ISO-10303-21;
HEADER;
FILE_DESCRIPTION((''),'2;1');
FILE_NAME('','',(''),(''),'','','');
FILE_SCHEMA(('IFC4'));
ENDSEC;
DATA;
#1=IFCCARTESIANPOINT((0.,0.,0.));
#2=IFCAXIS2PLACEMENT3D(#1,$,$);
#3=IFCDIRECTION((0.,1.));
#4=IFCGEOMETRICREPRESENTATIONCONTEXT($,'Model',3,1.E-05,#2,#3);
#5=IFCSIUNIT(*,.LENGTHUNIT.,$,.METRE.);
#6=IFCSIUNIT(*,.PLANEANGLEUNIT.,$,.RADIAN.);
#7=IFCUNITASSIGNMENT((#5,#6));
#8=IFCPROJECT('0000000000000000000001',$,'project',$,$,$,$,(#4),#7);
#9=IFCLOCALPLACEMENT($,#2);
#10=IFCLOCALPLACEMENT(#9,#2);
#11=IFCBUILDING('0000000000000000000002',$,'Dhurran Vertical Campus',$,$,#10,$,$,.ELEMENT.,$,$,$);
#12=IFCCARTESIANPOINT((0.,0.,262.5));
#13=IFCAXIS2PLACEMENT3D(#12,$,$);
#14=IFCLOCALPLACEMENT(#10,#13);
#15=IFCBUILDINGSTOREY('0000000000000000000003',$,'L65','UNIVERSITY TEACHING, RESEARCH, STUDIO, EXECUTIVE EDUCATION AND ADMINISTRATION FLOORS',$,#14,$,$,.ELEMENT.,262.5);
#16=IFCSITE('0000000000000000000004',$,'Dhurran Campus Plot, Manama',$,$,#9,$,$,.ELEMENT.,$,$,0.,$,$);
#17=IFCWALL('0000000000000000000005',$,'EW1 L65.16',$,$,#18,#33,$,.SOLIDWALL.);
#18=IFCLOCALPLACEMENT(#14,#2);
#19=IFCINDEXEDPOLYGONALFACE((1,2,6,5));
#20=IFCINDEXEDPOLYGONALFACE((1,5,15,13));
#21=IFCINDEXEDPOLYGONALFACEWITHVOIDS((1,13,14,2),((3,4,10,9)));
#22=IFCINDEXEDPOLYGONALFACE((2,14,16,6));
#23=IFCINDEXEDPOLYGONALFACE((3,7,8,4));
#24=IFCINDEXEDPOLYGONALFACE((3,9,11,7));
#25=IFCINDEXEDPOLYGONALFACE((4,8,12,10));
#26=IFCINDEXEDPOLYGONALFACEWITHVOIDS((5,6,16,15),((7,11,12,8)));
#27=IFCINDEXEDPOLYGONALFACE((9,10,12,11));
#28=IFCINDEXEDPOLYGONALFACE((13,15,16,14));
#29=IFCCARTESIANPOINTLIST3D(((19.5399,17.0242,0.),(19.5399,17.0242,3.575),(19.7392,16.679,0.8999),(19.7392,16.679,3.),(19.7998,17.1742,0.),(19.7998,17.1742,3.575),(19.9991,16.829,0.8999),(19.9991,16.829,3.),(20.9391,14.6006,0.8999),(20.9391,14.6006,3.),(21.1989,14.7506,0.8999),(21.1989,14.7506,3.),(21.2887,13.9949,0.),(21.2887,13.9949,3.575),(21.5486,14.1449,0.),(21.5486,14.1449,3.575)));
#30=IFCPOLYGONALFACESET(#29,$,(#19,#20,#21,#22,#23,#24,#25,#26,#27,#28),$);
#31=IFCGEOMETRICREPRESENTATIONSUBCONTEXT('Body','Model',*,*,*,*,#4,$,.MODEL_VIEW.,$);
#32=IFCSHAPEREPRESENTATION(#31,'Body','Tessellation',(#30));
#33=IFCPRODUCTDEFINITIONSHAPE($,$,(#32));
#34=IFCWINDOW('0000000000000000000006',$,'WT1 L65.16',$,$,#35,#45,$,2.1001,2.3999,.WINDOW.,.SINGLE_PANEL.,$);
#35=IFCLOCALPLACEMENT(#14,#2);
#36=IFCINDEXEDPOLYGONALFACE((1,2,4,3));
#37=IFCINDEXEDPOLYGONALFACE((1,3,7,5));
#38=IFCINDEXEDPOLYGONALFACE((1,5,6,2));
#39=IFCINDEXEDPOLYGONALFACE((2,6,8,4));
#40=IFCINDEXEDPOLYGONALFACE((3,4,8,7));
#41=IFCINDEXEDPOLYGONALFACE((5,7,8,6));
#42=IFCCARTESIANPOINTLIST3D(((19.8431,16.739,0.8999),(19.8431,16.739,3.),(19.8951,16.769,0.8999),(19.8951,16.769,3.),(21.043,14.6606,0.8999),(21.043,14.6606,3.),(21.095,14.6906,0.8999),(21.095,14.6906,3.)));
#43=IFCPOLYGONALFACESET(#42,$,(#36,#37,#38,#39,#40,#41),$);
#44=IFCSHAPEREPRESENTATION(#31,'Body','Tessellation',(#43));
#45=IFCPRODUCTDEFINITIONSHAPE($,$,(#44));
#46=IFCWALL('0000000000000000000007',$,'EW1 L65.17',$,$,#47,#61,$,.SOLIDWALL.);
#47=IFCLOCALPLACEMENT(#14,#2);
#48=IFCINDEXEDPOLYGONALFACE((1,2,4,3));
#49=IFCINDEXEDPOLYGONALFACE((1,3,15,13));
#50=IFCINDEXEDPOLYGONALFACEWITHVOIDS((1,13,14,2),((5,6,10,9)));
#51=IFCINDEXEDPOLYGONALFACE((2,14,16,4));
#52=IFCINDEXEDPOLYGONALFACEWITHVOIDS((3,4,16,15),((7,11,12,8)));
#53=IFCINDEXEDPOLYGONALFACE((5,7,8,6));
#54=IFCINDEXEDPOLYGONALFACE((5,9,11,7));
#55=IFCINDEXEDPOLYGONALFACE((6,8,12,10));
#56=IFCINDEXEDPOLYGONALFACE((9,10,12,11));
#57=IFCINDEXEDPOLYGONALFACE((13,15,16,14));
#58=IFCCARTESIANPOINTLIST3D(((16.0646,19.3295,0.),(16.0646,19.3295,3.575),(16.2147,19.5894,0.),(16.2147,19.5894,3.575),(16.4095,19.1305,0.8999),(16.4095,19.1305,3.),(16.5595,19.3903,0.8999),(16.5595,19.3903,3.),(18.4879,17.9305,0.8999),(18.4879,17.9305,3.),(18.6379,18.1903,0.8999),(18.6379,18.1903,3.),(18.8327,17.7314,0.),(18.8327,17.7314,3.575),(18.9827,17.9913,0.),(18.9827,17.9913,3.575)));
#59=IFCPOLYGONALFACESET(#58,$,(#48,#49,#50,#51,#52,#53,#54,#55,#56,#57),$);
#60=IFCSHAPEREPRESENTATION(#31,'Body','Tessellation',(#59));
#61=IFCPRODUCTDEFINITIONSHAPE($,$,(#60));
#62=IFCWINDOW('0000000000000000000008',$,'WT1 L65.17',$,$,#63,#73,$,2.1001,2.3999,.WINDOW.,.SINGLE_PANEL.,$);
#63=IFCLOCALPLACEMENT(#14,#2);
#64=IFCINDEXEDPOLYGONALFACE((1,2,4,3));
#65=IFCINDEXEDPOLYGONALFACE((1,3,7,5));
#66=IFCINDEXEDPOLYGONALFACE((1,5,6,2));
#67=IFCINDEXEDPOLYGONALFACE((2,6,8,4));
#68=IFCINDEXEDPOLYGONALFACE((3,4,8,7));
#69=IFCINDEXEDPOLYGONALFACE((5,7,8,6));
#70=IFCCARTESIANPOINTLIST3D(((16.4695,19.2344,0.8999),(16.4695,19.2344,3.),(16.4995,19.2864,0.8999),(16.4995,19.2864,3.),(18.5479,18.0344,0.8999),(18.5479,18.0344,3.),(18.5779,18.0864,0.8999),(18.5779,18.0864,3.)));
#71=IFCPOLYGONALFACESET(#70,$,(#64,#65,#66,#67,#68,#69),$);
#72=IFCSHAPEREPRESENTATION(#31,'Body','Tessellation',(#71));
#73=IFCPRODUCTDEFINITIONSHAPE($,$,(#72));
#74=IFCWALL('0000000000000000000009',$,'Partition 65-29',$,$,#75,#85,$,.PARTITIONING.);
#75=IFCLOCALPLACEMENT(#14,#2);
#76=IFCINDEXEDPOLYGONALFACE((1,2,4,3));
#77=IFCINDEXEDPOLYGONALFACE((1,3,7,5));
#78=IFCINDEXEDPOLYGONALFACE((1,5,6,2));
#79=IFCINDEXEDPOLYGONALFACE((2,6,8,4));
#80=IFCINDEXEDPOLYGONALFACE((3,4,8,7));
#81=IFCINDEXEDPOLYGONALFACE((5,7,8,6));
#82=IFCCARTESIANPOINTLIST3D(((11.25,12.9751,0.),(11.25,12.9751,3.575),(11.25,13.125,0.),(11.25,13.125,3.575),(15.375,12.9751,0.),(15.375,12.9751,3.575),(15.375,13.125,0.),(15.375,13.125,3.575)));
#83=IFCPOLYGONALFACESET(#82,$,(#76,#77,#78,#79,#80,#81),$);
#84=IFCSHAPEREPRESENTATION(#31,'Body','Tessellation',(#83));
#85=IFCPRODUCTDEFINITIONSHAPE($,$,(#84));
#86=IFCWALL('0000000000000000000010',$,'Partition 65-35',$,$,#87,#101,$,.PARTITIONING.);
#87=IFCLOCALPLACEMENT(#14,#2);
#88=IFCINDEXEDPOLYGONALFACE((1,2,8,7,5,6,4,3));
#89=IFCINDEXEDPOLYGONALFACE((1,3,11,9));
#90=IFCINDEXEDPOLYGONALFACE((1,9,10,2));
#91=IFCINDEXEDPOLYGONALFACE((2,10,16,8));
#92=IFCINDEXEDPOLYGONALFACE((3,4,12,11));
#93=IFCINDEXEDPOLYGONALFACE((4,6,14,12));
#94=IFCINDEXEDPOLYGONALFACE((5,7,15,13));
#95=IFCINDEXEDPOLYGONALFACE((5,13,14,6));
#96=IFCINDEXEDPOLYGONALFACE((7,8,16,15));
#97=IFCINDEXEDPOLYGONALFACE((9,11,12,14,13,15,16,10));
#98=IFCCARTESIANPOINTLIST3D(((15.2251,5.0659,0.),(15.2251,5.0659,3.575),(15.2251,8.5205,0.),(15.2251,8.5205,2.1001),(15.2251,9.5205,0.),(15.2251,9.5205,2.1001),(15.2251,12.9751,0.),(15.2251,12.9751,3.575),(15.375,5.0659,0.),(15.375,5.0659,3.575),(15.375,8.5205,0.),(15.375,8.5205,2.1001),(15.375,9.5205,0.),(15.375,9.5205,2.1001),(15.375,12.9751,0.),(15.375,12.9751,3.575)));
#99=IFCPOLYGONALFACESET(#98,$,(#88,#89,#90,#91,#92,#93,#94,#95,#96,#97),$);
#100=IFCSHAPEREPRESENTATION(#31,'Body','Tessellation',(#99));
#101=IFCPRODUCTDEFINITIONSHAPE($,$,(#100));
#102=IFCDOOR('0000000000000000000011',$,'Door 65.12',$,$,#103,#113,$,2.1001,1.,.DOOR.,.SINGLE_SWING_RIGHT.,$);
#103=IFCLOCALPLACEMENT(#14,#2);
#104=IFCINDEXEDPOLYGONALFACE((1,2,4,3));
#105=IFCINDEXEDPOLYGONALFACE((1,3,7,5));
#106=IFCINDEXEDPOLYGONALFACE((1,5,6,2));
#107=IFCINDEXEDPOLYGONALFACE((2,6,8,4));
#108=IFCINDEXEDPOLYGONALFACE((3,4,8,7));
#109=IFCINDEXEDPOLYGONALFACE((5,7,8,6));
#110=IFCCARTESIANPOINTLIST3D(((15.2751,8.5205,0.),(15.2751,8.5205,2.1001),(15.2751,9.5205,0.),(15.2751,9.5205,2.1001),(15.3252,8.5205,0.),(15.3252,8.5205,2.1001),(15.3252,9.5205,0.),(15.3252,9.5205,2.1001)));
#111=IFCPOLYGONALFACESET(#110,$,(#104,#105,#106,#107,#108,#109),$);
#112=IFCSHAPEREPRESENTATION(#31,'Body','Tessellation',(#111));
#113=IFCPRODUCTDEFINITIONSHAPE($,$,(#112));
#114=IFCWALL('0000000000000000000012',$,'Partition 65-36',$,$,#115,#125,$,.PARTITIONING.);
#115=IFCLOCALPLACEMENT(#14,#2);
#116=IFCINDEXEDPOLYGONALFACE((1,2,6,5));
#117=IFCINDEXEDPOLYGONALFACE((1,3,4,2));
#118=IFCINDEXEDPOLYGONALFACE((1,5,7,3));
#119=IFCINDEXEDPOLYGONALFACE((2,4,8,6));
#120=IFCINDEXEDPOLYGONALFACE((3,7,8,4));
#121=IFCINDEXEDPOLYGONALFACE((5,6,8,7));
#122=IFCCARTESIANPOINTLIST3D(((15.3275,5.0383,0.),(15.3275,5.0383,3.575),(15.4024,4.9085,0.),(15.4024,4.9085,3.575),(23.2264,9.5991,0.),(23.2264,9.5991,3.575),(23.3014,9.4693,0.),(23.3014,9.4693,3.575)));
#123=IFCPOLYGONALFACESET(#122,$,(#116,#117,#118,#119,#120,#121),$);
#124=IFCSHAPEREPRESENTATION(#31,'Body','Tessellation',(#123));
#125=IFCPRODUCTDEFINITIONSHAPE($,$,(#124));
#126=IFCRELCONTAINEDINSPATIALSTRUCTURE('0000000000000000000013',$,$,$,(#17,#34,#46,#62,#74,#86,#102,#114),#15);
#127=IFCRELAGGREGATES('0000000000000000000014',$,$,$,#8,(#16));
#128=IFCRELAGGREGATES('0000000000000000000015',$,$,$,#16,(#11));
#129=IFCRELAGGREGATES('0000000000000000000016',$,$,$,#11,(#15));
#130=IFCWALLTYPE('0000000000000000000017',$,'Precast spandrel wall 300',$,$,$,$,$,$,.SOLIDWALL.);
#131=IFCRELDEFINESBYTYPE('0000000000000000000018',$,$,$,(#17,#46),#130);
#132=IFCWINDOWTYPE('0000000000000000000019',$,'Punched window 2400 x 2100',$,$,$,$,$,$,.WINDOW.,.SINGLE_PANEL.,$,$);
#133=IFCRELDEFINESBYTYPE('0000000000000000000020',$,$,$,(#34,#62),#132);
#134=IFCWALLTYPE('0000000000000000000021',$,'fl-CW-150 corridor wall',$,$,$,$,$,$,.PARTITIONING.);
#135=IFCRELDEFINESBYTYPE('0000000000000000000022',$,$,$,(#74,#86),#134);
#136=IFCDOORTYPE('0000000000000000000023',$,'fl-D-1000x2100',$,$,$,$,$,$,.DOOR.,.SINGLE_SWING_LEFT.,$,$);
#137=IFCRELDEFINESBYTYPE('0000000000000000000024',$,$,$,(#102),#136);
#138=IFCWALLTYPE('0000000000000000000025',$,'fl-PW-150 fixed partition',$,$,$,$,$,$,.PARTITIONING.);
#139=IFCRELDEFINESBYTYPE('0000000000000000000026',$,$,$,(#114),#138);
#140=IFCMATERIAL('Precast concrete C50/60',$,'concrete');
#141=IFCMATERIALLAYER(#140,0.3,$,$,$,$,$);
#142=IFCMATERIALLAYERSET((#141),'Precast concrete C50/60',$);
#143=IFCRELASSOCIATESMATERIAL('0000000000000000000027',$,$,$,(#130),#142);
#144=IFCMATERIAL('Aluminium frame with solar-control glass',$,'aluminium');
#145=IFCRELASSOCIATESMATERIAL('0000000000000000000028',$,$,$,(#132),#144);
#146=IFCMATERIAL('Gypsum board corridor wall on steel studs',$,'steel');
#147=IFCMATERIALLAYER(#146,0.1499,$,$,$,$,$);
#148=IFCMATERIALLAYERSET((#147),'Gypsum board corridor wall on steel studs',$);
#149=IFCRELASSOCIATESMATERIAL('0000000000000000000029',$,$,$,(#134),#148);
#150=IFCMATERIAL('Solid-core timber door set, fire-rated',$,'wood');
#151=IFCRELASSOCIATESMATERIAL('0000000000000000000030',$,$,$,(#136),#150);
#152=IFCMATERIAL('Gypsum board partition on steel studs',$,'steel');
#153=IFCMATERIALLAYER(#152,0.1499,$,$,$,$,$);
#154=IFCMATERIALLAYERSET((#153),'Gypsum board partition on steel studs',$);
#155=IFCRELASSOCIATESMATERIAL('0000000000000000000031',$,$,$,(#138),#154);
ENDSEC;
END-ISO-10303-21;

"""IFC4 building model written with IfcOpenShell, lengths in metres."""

from ifc_helpers import new_model, si_unit, direction, frame, frame_2d, origin, place, context, subcontext, project, spatial, rectangle, extrude, material, layer, layer_set, type_object, element, fill, save


model = new_model("IFC4")

# Units and contexts
model_context = context("Model", 3, precision=1e-05, world=origin(), true_north=direction((0.0, 1.0)))
body_context = subcontext(model_context, "Body", "Model", "MODEL_VIEW")
ifc_project = project(units=[si_unit("LENGTHUNIT", "METRE"), si_unit("PLANEANGLEUNIT", "RADIAN")], contexts=[model_context])

# Site, building, storey
site_placement = place(None, origin())
site = spatial("IfcSite", under=ifc_project, at=site_placement, Name="Dhurran Campus Plot, Manama", CompositionType="ELEMENT", RefElevation=0.0)
building_placement = place(site_placement, origin())
building = spatial("IfcBuilding", under=site, at=building_placement, Name="Dhurran Vertical Campus", CompositionType="ELEMENT")
storey_placement = place(building_placement, frame((0.0, 0.0, 262.5)))
storey = spatial("IfcBuildingStorey", under=building, at=storey_placement, Name="L65", Description="UNIVERSITY TEACHING, RESEARCH, STUDIO, EXECUTIVE EDUCATION AND ADMINISTRATION FLOORS", CompositionType="ELEMENT", Elevation=262.5)

# Walls, openings, windows
ifc_material_1 = material(Name="Precast concrete C50/60", Category="concrete")
ifc_layer_1 = layer(ifc_material_1, 0.3)
ifc_layer_set_1 = layer_set([ifc_layer_1], Name="Precast concrete C50/60")
wall_type_1 = type_object("IfcWallType", Name="Precast spandrel wall 300", PredefinedType="SOLIDWALL", material=ifc_layer_set_1)
ifc_material_2 = material(Name="Aluminium frame with solar-control glass", Category="aluminium")
window_type = type_object("IfcWindowType", Name="Punched window 2400 x 2100", PartitioningType="SINGLE_PANEL", PredefinedType="WINDOW", material=ifc_material_2)
wall_1_placement = place(storey_placement, frame((21.4187, 14.0698, 0.0), z_axis=(0.0, 0.0, 1.0), x_axis=(-0.49996, 0.866048, 0.0)))
wall_1 = element("IfcWall", 1, at=wall_1_placement, inside=storey, type_object=wall_type_1, Name="EW1 L65.16", PredefinedType="SOLIDWALL", context=body_context, shape_type="SweptSolid", body=[
    extrude(rectangle(XDim=3.4978, YDim=0.3, at=frame_2d((1.749, 0.0))), origin(), (0.0, 0.0, 1.0), 3.575),
])
opening_1_placement = place(wall_1_placement, frame((0.6995, 0.0, 0.8999)))
opening_1 = element("IfcOpeningElement", 2, at=opening_1_placement, cuts=wall_1, PredefinedType="OPENING", context=body_context, shape_type="SweptSolid", body=[
    extrude(rectangle(XDim=2.3999, YDim=2.1001, at=frame_2d((1.2, 1.05))), frame((0.0, 0.1599, 0.0), z_axis=(0.0, -1.0, 0.0), x_axis=(1.0, 0.0, 0.0)), (0.0, 0.0, 1.0), 0.3201),
])
window_1_placement = place(opening_1_placement, origin())
window_1 = element("IfcWindow", 3, at=window_1_placement, inside=storey, type_object=window_type, Name="WT1 L65.16", OverallHeight=2.1001, OverallWidth=2.3999, PartitioningType="SINGLE_PANEL", PredefinedType="WINDOW", context=body_context, shape_type="SweptSolid", body=[
    extrude(rectangle(XDim=2.3999, YDim=2.1001, at=frame_2d((1.2, 1.05))), frame((0.0, 0.03, 0.0), z_axis=(0.0, -1.0, 0.0), x_axis=(1.0, 0.0, 0.0)), (0.0, 0.0, 1.0), 0.0601),
])
fill(opening_1, window_1)
wall_2_placement = place(storey_placement, frame((18.9077, 17.8613, 0.0), z_axis=(0.0, 0.0, 1.0), x_axis=(-0.866025, 0.5, 0.0)))
wall_2 = element("IfcWall", 4, at=wall_2_placement, inside=storey, type_object=wall_type_1, Name="EW1 L65.17", PredefinedType="SOLIDWALL", context=body_context, shape_type="SweptSolid", body=[
    extrude(rectangle(XDim=3.1963, YDim=0.3, at=frame_2d((1.5981, 0.0))), origin(), (0.0, 0.0, 1.0), 3.575),
])
opening_2_placement = place(wall_2_placement, frame((0.3982, 0.0, 0.8999)))
opening_2 = element("IfcOpeningElement", 5, at=opening_2_placement, cuts=wall_2, PredefinedType="OPENING", context=body_context, shape_type="SweptSolid", body=[
    extrude(rectangle(XDim=2.3999, YDim=2.1001, at=frame_2d((1.2, 1.05))), frame((0.0, 0.1599, 0.0), z_axis=(0.0, -1.0, 0.0), x_axis=(1.0, 0.0, 0.0)), (0.0, 0.0, 1.0), 0.3201),
])
window_2_placement = place(opening_2_placement, origin())
window_2 = element("IfcWindow", 6, at=window_2_placement, inside=storey, type_object=window_type, Name="WT1 L65.17", OverallHeight=2.1001, OverallWidth=2.3999, PartitioningType="SINGLE_PANEL", PredefinedType="WINDOW", context=body_context, shape_type="SweptSolid", body=[
    extrude(rectangle(XDim=2.3999, YDim=2.1001, at=frame_2d((1.2, 1.05))), frame((0.0, 0.03, 0.0), z_axis=(0.0, -1.0, 0.0), x_axis=(1.0, 0.0, 0.0)), (0.0, 0.0, 1.0), 0.0601),
])
fill(opening_2, window_2)

# Wall
ifc_material_3 = material(Name="Gypsum board corridor wall on steel studs", Category="steel")
ifc_layer_2 = layer(ifc_material_3, 0.1499)
ifc_layer_set_2 = layer_set([ifc_layer_2], Name="Gypsum board corridor wall on steel studs")
wall_type_2 = type_object("IfcWallType", Name="fl-CW-150 corridor wall", PredefinedType="PARTITIONING", material=ifc_layer_set_2)
wall_3_placement = place(storey_placement, frame((15.375, 13.05, 0.0), z_axis=(0.0, 0.0, 1.0), x_axis=(-1.0, 0.0, 0.0)))
element("IfcWall", 7, at=wall_3_placement, inside=storey, type_object=wall_type_2, Name="Partition 65-29", PredefinedType="PARTITIONING", context=body_context, shape_type="SweptSolid", body=[
    extrude(rectangle(XDim=4.125, YDim=0.1499, at=frame_2d((2.0625, 0.0))), origin(), (0.0, 0.0, 1.0), 3.575),
])

# Wall, opening, door
wall_4_placement = place(storey_placement, frame((15.3, 5.0659, 0.0), z_axis=(0.0, 0.0, 1.0), x_axis=(0.0, 1.0, 0.0)))
wall_4 = element("IfcWall", 8, at=wall_4_placement, inside=storey, type_object=wall_type_2, Name="Partition 65-35", PredefinedType="PARTITIONING", context=body_context, shape_type="SweptSolid", body=[
    extrude(rectangle(XDim=7.9092, YDim=0.1499, at=frame_2d((3.9546, 0.0))), origin(), (0.0, 0.0, 1.0), 3.575),
])
opening_3_placement = place(wall_4_placement, frame((3.4546, 0.0, 0.0)))
opening_3 = element("IfcOpeningElement", 9, at=opening_3_placement, cuts=wall_4, PredefinedType="OPENING", context=body_context, shape_type="SweptSolid", body=[
    extrude(rectangle(XDim=1.0, YDim=2.1001, at=frame_2d((0.5, 1.05))), frame((0.0, 0.085, 0.0), z_axis=(0.0, -1.0, 0.0), x_axis=(1.0, 0.0, 0.0)), (0.0, 0.0, 1.0), 0.1699),
])
ifc_material_4 = material(Name="Solid-core timber door set, fire-rated", Category="wood")
door_type = type_object("IfcDoorType", Name="fl-D-1000x2100", OperationType="SINGLE_SWING_LEFT", PredefinedType="DOOR", material=ifc_material_4)
door_placement = place(opening_3_placement, origin())
door = element("IfcDoor", 10, at=door_placement, inside=storey, type_object=door_type, Name="Door 65.12", OperationType="SINGLE_SWING_RIGHT", OverallHeight=2.1001, OverallWidth=1.0, PredefinedType="DOOR", context=body_context, shape_type="SweptSolid", body=[
    extrude(rectangle(XDim=1.0, YDim=2.1001, at=frame_2d((0.5, 1.05))), frame((0.0, 0.0249, 0.0), z_axis=(0.0, -1.0, 0.0), x_axis=(1.0, 0.0, 0.0)), (0.0, 0.0, 1.0), 0.05),
])
fill(opening_3, door)

# Wall
ifc_material_5 = material(Name="Gypsum board partition on steel studs", Category="steel")
ifc_layer_3 = layer(ifc_material_5, 0.1499)
ifc_layer_set_3 = layer_set([ifc_layer_3], Name="Gypsum board partition on steel studs")
wall_type_3 = type_object("IfcWallType", Name="fl-PW-150 fixed partition", PredefinedType="PARTITIONING", material=ifc_layer_set_3)
wall_5_placement = place(storey_placement, frame((23.2639, 9.5342, 0.0), z_axis=(0.0, 0.0, 1.0), x_axis=(-0.866009, -0.500028, 0.0)))
element("IfcWall", 11, at=wall_5_placement, inside=storey, type_object=wall_type_3, Name="Partition 65-36", PredefinedType="PARTITIONING", context=body_context, shape_type="SweptSolid", body=[
    extrude(rectangle(XDim=9.1211, YDim=0.1499, at=frame_2d((4.5605, 0.0))), origin(), (0.0, 0.0, 1.0), 3.575),
])

save(model, "model.ifc")
